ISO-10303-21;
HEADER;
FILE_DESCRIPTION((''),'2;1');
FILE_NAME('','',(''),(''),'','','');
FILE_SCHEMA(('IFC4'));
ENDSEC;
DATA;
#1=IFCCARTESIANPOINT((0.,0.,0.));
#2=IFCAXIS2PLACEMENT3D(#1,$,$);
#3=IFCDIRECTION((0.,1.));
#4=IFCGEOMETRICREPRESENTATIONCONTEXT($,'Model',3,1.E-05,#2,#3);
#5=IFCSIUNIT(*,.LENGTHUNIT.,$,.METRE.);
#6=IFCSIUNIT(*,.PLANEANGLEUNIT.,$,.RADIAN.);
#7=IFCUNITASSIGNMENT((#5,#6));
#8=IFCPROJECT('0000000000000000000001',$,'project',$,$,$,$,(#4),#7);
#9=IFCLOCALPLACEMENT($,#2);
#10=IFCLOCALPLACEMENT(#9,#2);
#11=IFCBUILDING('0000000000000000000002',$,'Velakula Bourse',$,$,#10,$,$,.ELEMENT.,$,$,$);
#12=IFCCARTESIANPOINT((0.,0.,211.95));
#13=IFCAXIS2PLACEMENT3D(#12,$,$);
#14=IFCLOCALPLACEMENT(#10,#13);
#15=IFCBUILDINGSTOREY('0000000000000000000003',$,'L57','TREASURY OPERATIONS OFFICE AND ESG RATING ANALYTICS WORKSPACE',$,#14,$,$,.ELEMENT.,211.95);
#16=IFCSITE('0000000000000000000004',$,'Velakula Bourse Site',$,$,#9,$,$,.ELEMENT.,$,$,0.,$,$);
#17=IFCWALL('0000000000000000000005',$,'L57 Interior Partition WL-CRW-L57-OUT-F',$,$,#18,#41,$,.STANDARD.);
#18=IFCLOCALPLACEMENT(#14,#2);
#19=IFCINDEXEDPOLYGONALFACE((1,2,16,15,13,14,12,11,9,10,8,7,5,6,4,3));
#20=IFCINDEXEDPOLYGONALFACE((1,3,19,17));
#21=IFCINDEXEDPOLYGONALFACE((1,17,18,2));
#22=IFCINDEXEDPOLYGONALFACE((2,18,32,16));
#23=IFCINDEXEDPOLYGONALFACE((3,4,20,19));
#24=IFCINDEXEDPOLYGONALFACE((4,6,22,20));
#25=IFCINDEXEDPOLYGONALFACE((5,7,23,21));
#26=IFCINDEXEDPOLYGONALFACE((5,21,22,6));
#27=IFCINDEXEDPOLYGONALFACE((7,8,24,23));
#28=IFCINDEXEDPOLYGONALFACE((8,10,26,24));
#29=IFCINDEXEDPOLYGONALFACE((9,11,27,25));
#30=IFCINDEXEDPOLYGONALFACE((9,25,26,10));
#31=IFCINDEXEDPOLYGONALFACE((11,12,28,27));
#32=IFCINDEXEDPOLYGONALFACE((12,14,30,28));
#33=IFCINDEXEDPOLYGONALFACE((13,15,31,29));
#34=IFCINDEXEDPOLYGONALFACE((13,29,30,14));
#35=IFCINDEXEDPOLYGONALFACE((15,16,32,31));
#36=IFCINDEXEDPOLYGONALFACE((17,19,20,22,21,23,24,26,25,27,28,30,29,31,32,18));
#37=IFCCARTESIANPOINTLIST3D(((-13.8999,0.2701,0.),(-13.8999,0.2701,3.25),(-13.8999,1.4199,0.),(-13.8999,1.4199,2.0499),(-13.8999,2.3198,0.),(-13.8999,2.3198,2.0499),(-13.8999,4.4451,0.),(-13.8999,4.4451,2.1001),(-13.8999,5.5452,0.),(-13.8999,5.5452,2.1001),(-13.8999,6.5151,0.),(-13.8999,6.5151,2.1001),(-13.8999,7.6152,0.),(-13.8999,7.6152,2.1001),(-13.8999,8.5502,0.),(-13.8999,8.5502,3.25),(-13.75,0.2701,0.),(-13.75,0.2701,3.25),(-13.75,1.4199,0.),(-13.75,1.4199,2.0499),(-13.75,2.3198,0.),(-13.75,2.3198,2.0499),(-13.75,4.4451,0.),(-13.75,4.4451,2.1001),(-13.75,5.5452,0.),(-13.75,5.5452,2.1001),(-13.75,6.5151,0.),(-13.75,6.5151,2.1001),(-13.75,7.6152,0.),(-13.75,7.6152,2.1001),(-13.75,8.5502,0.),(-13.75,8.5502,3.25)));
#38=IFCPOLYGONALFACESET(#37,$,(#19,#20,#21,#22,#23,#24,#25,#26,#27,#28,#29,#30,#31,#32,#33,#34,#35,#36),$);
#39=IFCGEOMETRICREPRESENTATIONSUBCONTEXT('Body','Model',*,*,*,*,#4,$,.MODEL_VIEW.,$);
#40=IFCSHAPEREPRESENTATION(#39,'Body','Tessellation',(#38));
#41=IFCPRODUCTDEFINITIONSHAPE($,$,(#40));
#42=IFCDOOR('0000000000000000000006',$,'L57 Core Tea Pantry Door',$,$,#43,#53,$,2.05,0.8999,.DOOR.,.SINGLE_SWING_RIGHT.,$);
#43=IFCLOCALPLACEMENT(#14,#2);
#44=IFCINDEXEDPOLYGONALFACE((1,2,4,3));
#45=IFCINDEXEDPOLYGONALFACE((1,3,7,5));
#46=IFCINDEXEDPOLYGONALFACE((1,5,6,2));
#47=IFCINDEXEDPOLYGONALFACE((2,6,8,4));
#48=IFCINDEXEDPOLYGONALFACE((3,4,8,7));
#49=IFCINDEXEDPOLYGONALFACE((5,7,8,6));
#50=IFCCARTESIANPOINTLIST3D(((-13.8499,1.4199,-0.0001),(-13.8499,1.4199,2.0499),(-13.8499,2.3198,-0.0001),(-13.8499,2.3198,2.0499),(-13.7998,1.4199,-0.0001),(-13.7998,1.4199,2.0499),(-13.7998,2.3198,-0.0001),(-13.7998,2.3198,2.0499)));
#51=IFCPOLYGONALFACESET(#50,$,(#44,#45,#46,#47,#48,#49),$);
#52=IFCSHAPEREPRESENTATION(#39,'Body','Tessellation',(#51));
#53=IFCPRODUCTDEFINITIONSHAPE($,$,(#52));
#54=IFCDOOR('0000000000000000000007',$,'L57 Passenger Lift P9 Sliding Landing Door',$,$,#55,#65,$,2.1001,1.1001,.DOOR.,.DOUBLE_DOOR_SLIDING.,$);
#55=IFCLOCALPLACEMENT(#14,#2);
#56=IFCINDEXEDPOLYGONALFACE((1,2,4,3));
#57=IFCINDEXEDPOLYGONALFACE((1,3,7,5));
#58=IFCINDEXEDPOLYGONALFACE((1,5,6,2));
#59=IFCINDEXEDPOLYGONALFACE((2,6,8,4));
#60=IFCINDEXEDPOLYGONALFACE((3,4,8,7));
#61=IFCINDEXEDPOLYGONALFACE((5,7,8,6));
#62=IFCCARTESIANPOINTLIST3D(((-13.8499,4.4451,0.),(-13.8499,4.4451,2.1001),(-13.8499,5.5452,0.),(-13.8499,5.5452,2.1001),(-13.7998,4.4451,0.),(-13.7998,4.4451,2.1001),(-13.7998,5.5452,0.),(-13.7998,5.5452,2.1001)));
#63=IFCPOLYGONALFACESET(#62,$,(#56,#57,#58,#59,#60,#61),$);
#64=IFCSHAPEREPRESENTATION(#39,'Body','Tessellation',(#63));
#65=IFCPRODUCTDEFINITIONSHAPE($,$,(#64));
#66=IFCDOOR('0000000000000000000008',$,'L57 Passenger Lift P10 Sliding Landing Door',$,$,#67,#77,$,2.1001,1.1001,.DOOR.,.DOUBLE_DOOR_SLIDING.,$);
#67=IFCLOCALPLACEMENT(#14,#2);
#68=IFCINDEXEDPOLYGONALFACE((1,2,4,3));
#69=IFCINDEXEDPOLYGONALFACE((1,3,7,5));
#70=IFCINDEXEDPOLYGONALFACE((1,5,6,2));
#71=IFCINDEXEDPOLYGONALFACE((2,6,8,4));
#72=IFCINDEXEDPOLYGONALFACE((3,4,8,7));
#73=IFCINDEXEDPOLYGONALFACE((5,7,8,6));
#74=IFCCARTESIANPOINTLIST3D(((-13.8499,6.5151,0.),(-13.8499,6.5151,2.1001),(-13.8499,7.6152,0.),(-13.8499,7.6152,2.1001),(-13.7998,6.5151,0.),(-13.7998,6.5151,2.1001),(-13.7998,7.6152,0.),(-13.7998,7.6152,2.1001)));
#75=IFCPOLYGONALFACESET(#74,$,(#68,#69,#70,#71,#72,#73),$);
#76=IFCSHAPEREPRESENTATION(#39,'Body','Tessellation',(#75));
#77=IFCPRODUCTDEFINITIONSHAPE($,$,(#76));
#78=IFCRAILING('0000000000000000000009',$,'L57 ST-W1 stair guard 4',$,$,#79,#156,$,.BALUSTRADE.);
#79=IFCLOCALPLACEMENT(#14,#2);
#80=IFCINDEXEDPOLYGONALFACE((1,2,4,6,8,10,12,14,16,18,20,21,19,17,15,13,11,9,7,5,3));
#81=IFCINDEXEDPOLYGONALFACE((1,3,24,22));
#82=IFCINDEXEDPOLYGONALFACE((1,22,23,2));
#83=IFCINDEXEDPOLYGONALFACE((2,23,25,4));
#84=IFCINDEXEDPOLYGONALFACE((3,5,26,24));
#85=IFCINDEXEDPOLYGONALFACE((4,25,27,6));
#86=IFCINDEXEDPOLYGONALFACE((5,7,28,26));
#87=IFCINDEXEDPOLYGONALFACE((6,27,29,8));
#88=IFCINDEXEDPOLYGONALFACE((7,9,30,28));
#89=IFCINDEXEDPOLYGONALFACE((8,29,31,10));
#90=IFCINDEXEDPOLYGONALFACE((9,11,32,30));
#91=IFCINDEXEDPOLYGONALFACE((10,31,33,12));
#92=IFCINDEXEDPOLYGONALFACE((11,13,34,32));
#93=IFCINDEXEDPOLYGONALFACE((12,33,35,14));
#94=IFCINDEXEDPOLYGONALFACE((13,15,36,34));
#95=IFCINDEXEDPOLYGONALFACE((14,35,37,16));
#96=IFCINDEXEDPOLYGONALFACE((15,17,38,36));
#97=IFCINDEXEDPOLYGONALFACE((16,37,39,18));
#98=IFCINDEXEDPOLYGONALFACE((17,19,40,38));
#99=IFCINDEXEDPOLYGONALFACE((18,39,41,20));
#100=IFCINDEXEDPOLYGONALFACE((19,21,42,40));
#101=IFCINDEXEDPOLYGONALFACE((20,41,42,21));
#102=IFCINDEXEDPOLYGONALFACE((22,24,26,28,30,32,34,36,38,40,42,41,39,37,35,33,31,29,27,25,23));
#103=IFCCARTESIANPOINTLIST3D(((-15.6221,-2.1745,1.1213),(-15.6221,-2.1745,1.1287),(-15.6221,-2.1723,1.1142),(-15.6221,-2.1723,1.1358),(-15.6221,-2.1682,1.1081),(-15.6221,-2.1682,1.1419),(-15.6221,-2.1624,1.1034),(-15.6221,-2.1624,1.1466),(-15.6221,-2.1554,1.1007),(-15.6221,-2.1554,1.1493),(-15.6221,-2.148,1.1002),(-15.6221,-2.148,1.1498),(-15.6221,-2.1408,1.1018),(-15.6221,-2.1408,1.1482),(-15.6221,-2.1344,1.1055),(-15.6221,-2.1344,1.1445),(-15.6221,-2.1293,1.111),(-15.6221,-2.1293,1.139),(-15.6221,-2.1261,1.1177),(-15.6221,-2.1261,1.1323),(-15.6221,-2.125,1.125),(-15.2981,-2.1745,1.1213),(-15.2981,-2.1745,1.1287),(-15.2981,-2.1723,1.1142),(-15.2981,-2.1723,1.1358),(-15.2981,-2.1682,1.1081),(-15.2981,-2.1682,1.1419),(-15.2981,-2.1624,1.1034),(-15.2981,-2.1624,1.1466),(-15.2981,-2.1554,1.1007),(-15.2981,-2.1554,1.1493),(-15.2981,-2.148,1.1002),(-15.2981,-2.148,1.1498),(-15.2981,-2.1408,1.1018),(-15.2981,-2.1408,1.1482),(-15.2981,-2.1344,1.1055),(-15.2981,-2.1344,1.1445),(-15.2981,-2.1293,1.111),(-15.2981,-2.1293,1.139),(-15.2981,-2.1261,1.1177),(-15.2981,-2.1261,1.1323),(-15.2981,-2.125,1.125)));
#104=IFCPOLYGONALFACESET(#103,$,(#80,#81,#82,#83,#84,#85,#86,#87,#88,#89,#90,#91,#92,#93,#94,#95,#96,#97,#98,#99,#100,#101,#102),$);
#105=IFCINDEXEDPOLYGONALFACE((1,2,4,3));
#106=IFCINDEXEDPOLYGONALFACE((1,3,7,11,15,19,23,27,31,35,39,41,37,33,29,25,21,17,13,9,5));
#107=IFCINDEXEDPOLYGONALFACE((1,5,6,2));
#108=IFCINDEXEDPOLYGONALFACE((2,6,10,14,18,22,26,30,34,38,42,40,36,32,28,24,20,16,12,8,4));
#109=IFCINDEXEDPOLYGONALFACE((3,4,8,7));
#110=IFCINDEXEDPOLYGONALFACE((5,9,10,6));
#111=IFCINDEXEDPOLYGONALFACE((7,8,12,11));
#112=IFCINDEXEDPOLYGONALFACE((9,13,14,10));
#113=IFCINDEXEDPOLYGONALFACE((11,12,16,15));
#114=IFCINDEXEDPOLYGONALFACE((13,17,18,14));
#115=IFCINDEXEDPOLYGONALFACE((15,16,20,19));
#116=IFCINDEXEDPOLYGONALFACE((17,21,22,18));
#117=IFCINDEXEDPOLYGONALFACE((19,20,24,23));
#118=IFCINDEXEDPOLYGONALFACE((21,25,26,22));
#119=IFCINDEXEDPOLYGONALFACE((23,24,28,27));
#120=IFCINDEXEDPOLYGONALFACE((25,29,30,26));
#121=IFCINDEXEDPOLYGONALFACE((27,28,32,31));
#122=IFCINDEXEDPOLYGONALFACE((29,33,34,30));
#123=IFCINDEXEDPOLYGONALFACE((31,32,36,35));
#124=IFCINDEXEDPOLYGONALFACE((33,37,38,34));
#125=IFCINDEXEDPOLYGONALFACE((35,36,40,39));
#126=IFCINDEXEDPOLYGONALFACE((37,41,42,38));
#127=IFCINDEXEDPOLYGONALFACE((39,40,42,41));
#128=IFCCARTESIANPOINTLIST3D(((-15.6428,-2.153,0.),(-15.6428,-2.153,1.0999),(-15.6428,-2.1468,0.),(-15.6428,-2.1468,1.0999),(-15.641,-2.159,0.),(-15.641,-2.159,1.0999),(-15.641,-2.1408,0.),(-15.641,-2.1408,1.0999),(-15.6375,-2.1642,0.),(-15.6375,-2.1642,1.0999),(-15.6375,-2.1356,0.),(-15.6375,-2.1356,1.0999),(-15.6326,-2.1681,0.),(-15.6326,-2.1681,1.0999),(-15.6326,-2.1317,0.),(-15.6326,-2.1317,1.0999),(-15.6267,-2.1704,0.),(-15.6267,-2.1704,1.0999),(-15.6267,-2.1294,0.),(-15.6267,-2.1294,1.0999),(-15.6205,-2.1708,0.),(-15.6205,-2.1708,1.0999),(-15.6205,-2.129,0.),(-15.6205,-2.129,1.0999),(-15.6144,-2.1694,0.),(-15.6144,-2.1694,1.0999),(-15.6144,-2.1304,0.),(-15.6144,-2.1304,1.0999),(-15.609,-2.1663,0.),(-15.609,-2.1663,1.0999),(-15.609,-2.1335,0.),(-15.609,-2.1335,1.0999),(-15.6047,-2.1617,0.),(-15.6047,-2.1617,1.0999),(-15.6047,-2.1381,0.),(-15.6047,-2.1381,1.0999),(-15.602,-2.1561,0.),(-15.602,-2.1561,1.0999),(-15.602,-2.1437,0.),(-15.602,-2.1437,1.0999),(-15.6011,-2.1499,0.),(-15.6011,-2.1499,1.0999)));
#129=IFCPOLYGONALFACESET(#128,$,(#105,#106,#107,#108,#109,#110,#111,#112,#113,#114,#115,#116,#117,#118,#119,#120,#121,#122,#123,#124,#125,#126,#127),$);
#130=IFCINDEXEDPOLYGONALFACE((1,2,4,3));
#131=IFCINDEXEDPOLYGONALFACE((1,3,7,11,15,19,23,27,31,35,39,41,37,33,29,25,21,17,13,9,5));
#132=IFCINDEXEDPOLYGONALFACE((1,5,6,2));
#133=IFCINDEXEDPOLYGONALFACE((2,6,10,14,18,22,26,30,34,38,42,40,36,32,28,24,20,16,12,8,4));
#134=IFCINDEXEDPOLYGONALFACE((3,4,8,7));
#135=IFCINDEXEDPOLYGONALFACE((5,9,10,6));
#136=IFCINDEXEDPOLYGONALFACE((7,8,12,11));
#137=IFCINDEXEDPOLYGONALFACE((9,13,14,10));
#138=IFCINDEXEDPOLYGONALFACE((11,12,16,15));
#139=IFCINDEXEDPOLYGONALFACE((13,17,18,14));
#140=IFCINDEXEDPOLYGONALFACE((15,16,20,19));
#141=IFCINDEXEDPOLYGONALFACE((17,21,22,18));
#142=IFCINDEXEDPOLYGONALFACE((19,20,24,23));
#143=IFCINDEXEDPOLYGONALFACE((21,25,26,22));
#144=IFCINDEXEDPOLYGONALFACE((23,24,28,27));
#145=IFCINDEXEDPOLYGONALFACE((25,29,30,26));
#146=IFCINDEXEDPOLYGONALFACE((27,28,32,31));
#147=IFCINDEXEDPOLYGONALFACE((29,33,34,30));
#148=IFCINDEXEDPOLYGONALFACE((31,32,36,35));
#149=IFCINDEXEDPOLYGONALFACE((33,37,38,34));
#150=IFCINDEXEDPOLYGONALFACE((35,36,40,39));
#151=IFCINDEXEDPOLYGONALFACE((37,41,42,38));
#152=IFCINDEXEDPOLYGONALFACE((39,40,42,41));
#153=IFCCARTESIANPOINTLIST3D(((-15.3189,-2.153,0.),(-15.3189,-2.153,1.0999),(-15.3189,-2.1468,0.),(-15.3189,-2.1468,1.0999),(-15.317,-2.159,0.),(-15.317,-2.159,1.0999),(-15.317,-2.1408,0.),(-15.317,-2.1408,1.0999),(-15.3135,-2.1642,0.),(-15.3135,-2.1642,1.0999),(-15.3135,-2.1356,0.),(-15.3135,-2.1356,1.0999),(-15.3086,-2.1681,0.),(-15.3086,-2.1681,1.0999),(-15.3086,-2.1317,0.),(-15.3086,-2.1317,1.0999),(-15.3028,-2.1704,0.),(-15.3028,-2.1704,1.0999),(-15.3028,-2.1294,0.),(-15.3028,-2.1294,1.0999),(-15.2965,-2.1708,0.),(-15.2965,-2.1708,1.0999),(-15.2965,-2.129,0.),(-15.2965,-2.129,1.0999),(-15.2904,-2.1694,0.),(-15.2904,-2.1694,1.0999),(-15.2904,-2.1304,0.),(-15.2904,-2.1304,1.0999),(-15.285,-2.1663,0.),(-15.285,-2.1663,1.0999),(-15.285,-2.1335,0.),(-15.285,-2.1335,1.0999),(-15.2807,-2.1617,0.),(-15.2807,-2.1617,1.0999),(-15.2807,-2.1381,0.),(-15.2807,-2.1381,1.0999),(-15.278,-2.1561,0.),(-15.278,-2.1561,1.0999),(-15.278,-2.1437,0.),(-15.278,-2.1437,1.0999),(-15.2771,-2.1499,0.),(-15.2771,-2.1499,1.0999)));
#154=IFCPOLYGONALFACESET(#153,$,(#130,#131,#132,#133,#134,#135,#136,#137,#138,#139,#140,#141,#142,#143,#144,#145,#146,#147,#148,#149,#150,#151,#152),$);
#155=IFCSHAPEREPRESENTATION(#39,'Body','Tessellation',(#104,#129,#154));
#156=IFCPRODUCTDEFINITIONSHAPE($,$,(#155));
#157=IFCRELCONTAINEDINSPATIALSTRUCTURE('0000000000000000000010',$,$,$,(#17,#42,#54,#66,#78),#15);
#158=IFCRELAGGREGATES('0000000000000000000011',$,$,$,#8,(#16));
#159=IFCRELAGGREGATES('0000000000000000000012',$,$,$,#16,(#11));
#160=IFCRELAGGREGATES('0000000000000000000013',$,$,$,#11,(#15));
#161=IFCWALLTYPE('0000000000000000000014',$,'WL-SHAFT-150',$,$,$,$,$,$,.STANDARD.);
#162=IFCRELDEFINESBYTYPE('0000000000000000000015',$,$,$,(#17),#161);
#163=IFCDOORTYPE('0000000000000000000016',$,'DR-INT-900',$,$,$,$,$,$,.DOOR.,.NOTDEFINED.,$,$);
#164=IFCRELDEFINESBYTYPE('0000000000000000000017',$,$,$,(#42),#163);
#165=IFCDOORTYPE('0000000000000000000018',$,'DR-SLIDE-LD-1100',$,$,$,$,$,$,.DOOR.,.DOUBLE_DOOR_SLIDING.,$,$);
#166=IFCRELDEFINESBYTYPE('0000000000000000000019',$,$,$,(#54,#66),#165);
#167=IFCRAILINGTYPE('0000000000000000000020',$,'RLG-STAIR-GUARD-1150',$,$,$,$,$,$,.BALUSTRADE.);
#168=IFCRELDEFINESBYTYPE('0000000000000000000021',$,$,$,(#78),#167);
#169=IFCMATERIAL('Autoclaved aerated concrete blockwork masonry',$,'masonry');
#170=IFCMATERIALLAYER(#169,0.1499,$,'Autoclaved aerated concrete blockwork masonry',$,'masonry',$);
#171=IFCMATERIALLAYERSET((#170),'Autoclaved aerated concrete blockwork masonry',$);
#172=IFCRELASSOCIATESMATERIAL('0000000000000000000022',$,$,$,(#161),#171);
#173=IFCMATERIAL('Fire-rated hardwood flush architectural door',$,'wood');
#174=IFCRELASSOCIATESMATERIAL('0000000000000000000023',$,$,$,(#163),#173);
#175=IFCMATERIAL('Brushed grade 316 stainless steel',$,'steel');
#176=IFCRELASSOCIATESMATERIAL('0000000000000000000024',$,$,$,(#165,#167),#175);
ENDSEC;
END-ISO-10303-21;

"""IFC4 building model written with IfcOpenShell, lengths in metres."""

from ifc_helpers import new_model, si_unit, direction, frame, frame_2d, origin, origin_2d, place, context, subcontext, project, spatial, rectangle, circle, extrude, material, layer, layer_set, type_object, element, fill, save


model = new_model("IFC4")

# Units and contexts
model_context = context("Model", 3, precision=1e-05, world=origin(), true_north=direction((0.0, 1.0)))
body_context = subcontext(model_context, "Body", "Model", "MODEL_VIEW")
ifc_project = project(units=[si_unit("LENGTHUNIT", "METRE"), si_unit("PLANEANGLEUNIT", "RADIAN")], contexts=[model_context])

# Site, building, storey
site_placement = place(None, origin())
site = spatial("IfcSite", under=ifc_project, at=site_placement, Name="Velakula Bourse Site", CompositionType="ELEMENT", RefElevation=0.0)
building_placement = place(site_placement, origin())
building = spatial("IfcBuilding", under=site, at=building_placement, Name="Velakula Bourse", CompositionType="ELEMENT")
storey_placement = place(building_placement, frame((0.0, 0.0, 211.95)))
storey = spatial("IfcBuildingStorey", under=building, at=storey_placement, Name="L57", Description="TREASURY OPERATIONS OFFICE AND ESG RATING ANALYTICS WORKSPACE", CompositionType="ELEMENT", Elevation=211.95)

# Shared definitions
ifc_material_1 = material(Name="Fire-rated hardwood flush architectural door", Category="wood")

# Wall, openings, doors
ifc_material_2 = material(Name="Autoclaved aerated concrete blockwork masonry", Category="masonry")
ifc_layer_1 = layer(ifc_material_2, 0.1499, Name="Autoclaved aerated concrete blockwork masonry", Category="masonry")
ifc_layer_set_1 = layer_set([ifc_layer_1], Name="Autoclaved aerated concrete blockwork masonry")
wall_type_1 = type_object("IfcWallType", Name="WL-SHAFT-150", PredefinedType="STANDARD", material=ifc_layer_set_1)
wall_1_placement = place(storey_placement, frame((-13.825, 0.27, 0.0), z_axis=(0.0, 0.0, 1.0), x_axis=(0.0, 1.0, 0.0)))
wall_1 = element("IfcWall", 1, at=wall_1_placement, inside=storey, type_object=wall_type_1, Name="L57 Interior Partition WL-CRW-L57-OUT-F", PredefinedType="STANDARD", context=body_context, shape_type="SweptSolid", body=[
    extrude(rectangle(XDim=8.28, YDim=0.1499, at=frame_2d((4.1401, 0.0))), origin(), (0.0, 0.0, 1.0), 3.25),
])
opening_1_placement = place(wall_1_placement, frame((4.175, 0.0, 0.0)))
opening_1 = element("IfcOpeningElement", 2, at=opening_1_placement, cuts=wall_1, PredefinedType="OPENING", context=body_context, shape_type="SweptSolid", body=[
    extrude(rectangle(XDim=1.1001, YDim=2.1001, at=frame_2d((0.55, 1.05))), frame((0.0, 0.085, 0.0), z_axis=(0.0, -1.0, 0.0), x_axis=(1.0, 0.0, 0.0)), (0.0, 0.0, 1.0), 0.1699),
])
opening_2_placement = place(wall_1_placement, frame((6.2451, 0.0, 0.0)))
opening_2 = element("IfcOpeningElement", 3, at=opening_2_placement, cuts=wall_1, PredefinedType="OPENING", context=body_context, shape_type="SweptSolid", body=[
    extrude(rectangle(XDim=1.1001, YDim=2.1001, at=frame_2d((0.55, 1.05))), frame((0.0, 0.085, 0.0), z_axis=(0.0, -1.0, 0.0), x_axis=(1.0, 0.0, 0.0)), (0.0, 0.0, 1.0), 0.1699),
])
opening_3_placement = place(wall_1_placement, frame((1.1499, 0.0, 0.0)))
opening_3 = element("IfcOpeningElement", 4, at=opening_3_placement, cuts=wall_1, PredefinedType="OPENING", context=body_context, shape_type="SweptSolid", body=[
    extrude(rectangle(XDim=0.8999, YDim=2.05, at=frame_2d((0.45, 1.0249))), frame((0.0, 0.085, 0.0), z_axis=(0.0, -1.0, 0.0), x_axis=(1.0, 0.0, 0.0)), (0.0, 0.0, 1.0), 0.1699),
])
door_type_1 = type_object("IfcDoorType", Name="DR-INT-900", OperationType="NOTDEFINED", PredefinedType="DOOR", material=ifc_material_1)
door_1_placement = place(opening_3_placement, origin())
door_1 = element("IfcDoor", 5, at=door_1_placement, inside=storey, type_object=door_type_1, Name="L57 Core Tea Pantry Door", OperationType="SINGLE_SWING_RIGHT", OverallHeight=2.05, OverallWidth=0.8999, PredefinedType="DOOR", context=body_context, shape_type="SweptSolid", body=[
    extrude(rectangle(XDim=0.8999, YDim=2.05, at=frame_2d((0.45, 1.0249))), frame((0.0, 0.0249, 0.0), z_axis=(0.0, -1.0, 0.0), x_axis=(1.0, 0.0, 0.0)), (0.0, 0.0, 1.0), 0.05),
])
fill(opening_3, door_1)
ifc_material_3 = material(Name="Brushed grade 316 stainless steel", Category="steel")
door_type_2 = type_object("IfcDoorType", Name="DR-SLIDE-LD-1100", OperationType="DOUBLE_DOOR_SLIDING", PredefinedType="DOOR", material=ifc_material_3)
door_2_placement = place(opening_1_placement, origin())
door_2 = element("IfcDoor", 6, at=door_2_placement, inside=storey, type_object=door_type_2, Name="L57 Passenger Lift P9 Sliding Landing Door", OperationType="DOUBLE_DOOR_SLIDING", OverallHeight=2.1001, OverallWidth=1.1001, PredefinedType="DOOR", context=body_context, shape_type="SweptSolid", body=[
    extrude(rectangle(XDim=1.1001, YDim=2.1001, at=frame_2d((0.55, 1.05))), frame((0.0, 0.0249, 0.0), z_axis=(0.0, -1.0, 0.0), x_axis=(1.0, 0.0, 0.0)), (0.0, 0.0, 1.0), 0.05),
])
fill(opening_1, door_2)
door_3_placement = place(opening_2_placement, origin())
door_3 = element("IfcDoor", 7, at=door_3_placement, inside=storey, type_object=door_type_2, Name="L57 Passenger Lift P10 Sliding Landing Door", OperationType="DOUBLE_DOOR_SLIDING", OverallHeight=2.1001, OverallWidth=1.1001, PredefinedType="DOOR", context=body_context, shape_type="SweptSolid", body=[
    extrude(rectangle(XDim=1.1001, YDim=2.1001, at=frame_2d((0.55, 1.05))), frame((0.0, 0.0249, 0.0), z_axis=(0.0, -1.0, 0.0), x_axis=(1.0, 0.0, 0.0)), (0.0, 0.0, 1.0), 0.05),
])
fill(opening_2, door_3)

# Railing
railing_type = type_object("IfcRailingType", Name="RLG-STAIR-GUARD-1150", PredefinedType="BALUSTRADE", material=ifc_material_3)
railing_placement = place(storey_placement, frame((-15.6221, -2.1499, 0.0)))
element("IfcRailing", 8, at=railing_placement, inside=storey, type_object=railing_type, Name="L57 ST-W1 stair guard 4", PredefinedType="BALUSTRADE", context=body_context, shape_type="SweptSolid", body=[
    extrude(circle(Radius=0.0249, at=origin_2d()), frame((0.0, 0.0, 1.125), z_axis=(1.0, 0.0, 0.0), x_axis=(0.0, 1.0, 0.0)), (0.0, 0.0, 1.0), 0.324),
    extrude(circle(Radius=0.021, at=origin_2d()), origin(), (0.0, 0.0, 1.0), 1.0999),
    extrude(circle(Radius=0.021, at=origin_2d()), frame((0.324, 0.0, 0.0)), (0.0, 0.0, 1.0), 1.0999),
])

save(model, "model.ifc")
